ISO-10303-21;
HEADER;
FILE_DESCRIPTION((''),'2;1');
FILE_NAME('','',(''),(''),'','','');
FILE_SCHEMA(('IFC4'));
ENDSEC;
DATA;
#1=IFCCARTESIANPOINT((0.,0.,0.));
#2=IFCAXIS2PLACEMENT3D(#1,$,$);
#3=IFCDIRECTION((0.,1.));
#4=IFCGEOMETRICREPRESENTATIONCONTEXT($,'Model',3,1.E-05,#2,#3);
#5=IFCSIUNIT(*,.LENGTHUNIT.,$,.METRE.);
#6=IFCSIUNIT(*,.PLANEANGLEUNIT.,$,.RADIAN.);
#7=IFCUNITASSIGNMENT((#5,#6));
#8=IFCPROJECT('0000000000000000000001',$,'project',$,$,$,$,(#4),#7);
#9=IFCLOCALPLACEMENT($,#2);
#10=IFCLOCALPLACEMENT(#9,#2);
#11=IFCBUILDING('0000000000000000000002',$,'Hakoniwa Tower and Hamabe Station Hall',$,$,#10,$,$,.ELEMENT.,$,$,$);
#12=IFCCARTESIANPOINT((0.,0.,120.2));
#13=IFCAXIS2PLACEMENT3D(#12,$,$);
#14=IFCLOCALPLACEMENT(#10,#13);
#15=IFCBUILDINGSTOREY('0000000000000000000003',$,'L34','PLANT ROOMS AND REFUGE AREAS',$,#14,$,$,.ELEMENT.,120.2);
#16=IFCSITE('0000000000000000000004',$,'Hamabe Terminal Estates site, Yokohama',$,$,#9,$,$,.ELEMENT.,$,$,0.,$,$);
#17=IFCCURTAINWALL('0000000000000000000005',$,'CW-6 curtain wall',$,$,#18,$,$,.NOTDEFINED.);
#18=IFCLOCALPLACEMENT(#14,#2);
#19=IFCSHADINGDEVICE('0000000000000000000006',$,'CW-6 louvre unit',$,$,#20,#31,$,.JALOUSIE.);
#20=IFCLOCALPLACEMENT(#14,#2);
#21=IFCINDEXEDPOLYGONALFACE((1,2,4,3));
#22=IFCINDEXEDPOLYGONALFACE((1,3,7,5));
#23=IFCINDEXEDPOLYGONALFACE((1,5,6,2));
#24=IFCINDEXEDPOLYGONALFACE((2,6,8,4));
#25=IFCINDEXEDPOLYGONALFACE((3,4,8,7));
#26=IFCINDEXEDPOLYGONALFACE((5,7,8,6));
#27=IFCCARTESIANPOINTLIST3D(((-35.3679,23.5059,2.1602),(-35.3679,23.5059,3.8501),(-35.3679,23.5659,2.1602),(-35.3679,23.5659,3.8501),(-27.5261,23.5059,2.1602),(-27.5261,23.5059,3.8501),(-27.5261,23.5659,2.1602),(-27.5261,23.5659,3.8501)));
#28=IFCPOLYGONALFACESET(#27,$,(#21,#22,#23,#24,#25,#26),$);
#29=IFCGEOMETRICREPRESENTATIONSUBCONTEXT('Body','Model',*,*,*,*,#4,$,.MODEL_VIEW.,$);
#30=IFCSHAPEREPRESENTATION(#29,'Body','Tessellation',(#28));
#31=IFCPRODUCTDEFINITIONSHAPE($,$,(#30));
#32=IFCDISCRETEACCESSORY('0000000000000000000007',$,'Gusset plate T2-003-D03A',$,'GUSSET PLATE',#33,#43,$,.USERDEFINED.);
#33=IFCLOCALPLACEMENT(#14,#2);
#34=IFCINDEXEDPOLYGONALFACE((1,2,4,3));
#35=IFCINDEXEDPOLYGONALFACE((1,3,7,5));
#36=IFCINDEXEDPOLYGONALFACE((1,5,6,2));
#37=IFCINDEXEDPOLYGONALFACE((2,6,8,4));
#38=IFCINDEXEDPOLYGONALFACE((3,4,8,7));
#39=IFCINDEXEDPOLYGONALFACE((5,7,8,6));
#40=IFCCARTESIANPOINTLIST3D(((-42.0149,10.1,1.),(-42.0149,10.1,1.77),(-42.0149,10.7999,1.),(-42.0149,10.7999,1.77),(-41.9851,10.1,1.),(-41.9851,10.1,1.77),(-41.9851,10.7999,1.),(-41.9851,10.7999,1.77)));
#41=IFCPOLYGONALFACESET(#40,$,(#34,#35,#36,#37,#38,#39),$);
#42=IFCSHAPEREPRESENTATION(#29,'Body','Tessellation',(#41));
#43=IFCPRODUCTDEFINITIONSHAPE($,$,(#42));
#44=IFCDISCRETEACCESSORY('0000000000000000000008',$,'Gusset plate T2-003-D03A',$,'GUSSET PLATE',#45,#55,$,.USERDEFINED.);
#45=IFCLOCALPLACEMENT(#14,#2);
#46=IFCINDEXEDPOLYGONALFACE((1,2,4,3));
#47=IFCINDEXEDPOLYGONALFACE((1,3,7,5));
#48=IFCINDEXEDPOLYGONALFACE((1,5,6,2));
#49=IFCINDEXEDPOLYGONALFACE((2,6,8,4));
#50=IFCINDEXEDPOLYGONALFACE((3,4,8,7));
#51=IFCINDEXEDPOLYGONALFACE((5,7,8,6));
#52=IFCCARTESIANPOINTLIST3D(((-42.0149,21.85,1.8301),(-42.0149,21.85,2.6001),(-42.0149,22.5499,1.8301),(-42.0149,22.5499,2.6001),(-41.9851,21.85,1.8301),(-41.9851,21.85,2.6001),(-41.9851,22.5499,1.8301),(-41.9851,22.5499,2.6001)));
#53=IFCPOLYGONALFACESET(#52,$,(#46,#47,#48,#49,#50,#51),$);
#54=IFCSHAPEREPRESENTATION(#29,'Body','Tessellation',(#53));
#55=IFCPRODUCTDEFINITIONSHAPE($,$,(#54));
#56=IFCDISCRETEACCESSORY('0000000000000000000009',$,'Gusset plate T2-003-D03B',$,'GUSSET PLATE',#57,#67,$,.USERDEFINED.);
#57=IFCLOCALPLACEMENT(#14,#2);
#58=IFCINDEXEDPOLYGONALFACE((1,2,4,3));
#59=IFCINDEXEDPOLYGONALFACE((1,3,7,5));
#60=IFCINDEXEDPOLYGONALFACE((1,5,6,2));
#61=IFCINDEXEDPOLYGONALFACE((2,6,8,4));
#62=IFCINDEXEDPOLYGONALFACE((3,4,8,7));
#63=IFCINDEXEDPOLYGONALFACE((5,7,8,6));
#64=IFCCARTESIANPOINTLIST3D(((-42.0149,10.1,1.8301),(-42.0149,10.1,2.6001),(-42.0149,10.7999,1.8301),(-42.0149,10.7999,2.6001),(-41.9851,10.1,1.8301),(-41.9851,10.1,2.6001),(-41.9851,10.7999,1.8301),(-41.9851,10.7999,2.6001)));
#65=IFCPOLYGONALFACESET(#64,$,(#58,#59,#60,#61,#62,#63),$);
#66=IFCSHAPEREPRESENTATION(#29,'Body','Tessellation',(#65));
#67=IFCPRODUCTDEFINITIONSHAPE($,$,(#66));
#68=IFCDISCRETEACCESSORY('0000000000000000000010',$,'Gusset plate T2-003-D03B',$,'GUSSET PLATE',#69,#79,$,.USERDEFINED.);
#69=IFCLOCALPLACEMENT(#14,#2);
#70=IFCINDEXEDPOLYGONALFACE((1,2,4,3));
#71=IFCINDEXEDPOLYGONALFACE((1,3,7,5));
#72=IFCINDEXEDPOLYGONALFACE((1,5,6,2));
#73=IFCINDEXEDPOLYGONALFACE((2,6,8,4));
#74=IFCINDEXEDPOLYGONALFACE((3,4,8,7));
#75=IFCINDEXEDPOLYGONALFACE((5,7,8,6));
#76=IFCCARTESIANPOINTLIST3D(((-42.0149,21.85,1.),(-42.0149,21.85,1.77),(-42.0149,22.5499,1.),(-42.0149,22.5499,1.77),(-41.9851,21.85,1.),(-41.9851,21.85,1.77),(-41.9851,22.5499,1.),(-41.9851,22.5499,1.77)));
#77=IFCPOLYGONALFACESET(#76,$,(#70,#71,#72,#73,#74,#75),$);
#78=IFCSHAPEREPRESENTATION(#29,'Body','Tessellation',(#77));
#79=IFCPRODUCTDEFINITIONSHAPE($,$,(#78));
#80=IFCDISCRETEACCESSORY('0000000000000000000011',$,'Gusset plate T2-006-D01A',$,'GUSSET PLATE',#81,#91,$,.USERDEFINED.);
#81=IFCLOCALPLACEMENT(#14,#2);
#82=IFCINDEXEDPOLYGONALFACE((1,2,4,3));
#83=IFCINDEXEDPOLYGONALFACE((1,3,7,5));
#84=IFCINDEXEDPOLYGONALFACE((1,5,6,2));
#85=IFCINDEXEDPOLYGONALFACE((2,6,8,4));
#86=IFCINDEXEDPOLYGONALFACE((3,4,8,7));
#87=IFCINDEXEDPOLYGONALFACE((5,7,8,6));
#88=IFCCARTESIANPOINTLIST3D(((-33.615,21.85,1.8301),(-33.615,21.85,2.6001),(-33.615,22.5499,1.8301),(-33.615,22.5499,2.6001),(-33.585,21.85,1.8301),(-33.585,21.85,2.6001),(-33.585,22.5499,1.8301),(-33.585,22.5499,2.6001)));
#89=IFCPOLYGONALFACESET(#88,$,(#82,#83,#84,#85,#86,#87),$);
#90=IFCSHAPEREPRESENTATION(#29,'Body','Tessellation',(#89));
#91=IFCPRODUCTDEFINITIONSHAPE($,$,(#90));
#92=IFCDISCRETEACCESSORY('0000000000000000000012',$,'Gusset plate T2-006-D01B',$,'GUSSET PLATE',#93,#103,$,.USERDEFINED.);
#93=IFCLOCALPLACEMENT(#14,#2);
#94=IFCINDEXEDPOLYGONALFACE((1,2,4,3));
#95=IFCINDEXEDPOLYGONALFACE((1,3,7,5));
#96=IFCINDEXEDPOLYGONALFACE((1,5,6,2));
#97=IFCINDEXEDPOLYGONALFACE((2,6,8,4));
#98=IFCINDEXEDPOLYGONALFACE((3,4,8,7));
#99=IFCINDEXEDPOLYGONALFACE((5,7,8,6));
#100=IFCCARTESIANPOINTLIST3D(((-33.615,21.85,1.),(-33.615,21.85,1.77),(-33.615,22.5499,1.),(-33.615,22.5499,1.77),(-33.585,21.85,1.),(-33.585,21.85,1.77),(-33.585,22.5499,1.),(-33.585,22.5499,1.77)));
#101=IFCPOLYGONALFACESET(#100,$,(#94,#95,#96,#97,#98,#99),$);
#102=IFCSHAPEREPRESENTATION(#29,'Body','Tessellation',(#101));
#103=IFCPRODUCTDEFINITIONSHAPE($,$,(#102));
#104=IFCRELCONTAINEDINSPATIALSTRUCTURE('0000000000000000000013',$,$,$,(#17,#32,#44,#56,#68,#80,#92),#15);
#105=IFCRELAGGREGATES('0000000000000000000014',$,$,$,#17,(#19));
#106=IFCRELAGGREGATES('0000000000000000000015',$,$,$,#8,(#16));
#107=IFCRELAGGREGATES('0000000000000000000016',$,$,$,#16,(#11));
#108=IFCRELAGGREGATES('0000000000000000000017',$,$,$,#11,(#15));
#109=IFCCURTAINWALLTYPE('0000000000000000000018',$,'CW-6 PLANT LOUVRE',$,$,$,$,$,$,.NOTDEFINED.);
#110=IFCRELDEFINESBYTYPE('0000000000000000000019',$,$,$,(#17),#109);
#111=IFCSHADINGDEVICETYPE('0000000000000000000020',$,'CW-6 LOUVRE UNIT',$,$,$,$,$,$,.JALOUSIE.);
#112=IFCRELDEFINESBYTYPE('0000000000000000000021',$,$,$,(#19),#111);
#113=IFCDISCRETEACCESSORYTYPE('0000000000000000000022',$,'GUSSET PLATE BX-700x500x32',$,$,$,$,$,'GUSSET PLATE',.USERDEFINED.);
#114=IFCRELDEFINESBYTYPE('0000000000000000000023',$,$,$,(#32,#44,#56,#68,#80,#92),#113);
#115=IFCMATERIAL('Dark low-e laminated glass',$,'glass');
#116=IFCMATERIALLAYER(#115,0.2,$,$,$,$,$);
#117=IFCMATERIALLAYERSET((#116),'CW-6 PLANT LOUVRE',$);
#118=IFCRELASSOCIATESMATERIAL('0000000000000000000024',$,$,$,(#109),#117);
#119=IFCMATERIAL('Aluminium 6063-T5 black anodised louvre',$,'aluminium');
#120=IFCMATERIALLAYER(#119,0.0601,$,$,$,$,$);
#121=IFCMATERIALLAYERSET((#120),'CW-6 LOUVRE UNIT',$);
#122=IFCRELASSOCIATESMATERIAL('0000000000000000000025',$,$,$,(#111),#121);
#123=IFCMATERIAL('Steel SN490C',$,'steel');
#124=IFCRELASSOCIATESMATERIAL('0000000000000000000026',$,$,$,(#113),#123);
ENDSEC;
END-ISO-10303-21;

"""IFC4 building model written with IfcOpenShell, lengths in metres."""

from ifc_helpers import new_model, si_unit, direction, frame, origin, origin_2d, place, context, subcontext, project, spatial, rectangle, extrude, material, layer, layer_set, material_profile, profile_set, type_object, element, aggregate, save


model = new_model("IFC4")

# Units and contexts
model_context = context("Model", 3, precision=1e-05, world=origin(), true_north=direction((0.0, 1.0)))
body_context = subcontext(model_context, "Body", "Model", "MODEL_VIEW")
ifc_project = project(units=[si_unit("LENGTHUNIT", "METRE"), si_unit("PLANEANGLEUNIT", "RADIAN")], contexts=[model_context])

# Site, building, storey
site_placement = place(None, origin())
site = spatial("IfcSite", under=ifc_project, at=site_placement, Name="Hamabe Terminal Estates site, Yokohama", CompositionType="ELEMENT", RefElevation=0.0)
building_placement = place(site_placement, origin())
building = spatial("IfcBuilding", under=site, at=building_placement, Name="Hakoniwa Tower and Hamabe Station Hall", CompositionType="ELEMENT")
storey_placement = place(building_placement, frame((0.0, 0.0, 120.2)))
storey = spatial("IfcBuildingStorey", under=building, at=storey_placement, Name="L34", Description="PLANT ROOMS AND REFUGE AREAS", CompositionType="ELEMENT", Elevation=120.2)

# Curtain wall
ifc_material_1 = material(Name="Dark low-e laminated glass", Category="glass")
ifc_layer_1 = layer(ifc_material_1, 0.2)
ifc_layer_set_1 = layer_set([ifc_layer_1], Name="CW-6 PLANT LOUVRE")
curtain_wall_type = type_object("IfcCurtainWallType", Name="CW-6 PLANT LOUVRE", PredefinedType="NOTDEFINED", material=ifc_layer_set_1)
curtain_wall_placement = place(storey_placement, origin())
curtain_wall = element("IfcCurtainWall", 1, at=curtain_wall_placement, inside=storey, type_object=curtain_wall_type, Name="CW-6 curtain wall", PredefinedType="NOTDEFINED")

# Shading device
ifc_material_2 = material(Name="Aluminium 6063-T5 black anodised louvre", Category="aluminium")
ifc_layer_2 = layer(ifc_material_2, 0.0601)
ifc_layer_set_2 = layer_set([ifc_layer_2], Name="CW-6 LOUVRE UNIT")
shading_device_type = type_object("IfcShadingDeviceType", Name="CW-6 LOUVRE UNIT", PredefinedType="JALOUSIE", material=ifc_layer_set_2)
shading_device_1_placement = place(storey_placement, frame((-31.447, 23.5359, 2.1602), z_axis=(0.0, 0.0, 1.0), x_axis=(-1.0, 0.0, 0.0)))
shading_device_1 = element("IfcShadingDevice", 2, at=shading_device_1_placement, type_object=shading_device_type, Name="CW-6 louvre unit", PredefinedType="JALOUSIE", context=body_context, shape_type="SweptSolid", body=[
    extrude(rectangle(XDim=7.8418, YDim=0.0601, at=origin_2d()), origin(), (0.0, 0.0, 1.0), 1.6899),
])
aggregate(curtain_wall, [shading_device_1])

# Discrete accessories
ifc_material_3 = material(Name="Steel SN490C", Category="steel")
ifc_material_profile_1 = material_profile(ifc_material_3, rectangle(XDim=0.7, YDim=0.77, at=origin_2d()), Name="GUSSET PLATE BX-700x500x32")
ifc_profile_set_1 = profile_set([ifc_material_profile_1], Name="Steel SN490C")
discrete_accessory_type = type_object("IfcDiscreteAccessoryType", Name="GUSSET PLATE BX-700x500x32", ElementType="GUSSET PLATE", PredefinedType="USERDEFINED", material=ifc_profile_set_1)
for number, where, z_axis, x_axis, name in (
    (3, (-41.9851, 10.45, 1.385), (-1.0, 0.0, 0.0), (0.0, -1.0, 0.0), "Gusset plate T2-003-D03A"),
    (4, (-41.9851, 22.2, 2.2151), (-1.0, 0.0, 0.0), (0.0, -1.0, 0.0), "Gusset plate T2-003-D03A"),
    (5, (-41.9851, 10.45, 2.2151), (-1.0, 0.0, 0.0), (0.0, -1.0, 0.0), "Gusset plate T2-003-D03B"),
    (6, (-41.9851, 22.2, 1.385), (-1.0, 0.0, 0.0), (0.0, -1.0, 0.0), "Gusset plate T2-003-D03B"),
):
    element("IfcDiscreteAccessory", number, at=place(storey_placement, frame(where, z_axis=z_axis, x_axis=x_axis)), inside=storey, type_object=discrete_accessory_type, Name=name, ObjectType="GUSSET PLATE", PredefinedType="USERDEFINED", context=body_context, shape_type="SweptSolid", body=[
        extrude(rectangle(XDim=0.7, YDim=0.77, at=origin_2d()), origin(), (0.0, 0.0, 1.0), 0.0298),
    ])
for number, where, z_axis, x_axis, name in (
    (7, (-33.585, 22.2, 2.2151), (-1.0, 0.0, 0.0), (0.0, -1.0, 0.0), "Gusset plate T2-006-D01A"),
    (8, (-33.585, 22.2, 1.385), (-1.0, 0.0, 0.0), (0.0, -1.0, 0.0), "Gusset plate T2-006-D01B"),
):
    element("IfcDiscreteAccessory", number, at=place(storey_placement, frame(where, z_axis=z_axis, x_axis=x_axis)), inside=storey, type_object=discrete_accessory_type, Name=name, ObjectType="GUSSET PLATE", PredefinedType="USERDEFINED", context=body_context, shape_type="SweptSolid", body=[
        extrude(rectangle(XDim=0.7, YDim=0.77, at=origin_2d()), origin(), (0.0, 0.0, 1.0), 0.03),
    ])

save(model, "model.ifc")
